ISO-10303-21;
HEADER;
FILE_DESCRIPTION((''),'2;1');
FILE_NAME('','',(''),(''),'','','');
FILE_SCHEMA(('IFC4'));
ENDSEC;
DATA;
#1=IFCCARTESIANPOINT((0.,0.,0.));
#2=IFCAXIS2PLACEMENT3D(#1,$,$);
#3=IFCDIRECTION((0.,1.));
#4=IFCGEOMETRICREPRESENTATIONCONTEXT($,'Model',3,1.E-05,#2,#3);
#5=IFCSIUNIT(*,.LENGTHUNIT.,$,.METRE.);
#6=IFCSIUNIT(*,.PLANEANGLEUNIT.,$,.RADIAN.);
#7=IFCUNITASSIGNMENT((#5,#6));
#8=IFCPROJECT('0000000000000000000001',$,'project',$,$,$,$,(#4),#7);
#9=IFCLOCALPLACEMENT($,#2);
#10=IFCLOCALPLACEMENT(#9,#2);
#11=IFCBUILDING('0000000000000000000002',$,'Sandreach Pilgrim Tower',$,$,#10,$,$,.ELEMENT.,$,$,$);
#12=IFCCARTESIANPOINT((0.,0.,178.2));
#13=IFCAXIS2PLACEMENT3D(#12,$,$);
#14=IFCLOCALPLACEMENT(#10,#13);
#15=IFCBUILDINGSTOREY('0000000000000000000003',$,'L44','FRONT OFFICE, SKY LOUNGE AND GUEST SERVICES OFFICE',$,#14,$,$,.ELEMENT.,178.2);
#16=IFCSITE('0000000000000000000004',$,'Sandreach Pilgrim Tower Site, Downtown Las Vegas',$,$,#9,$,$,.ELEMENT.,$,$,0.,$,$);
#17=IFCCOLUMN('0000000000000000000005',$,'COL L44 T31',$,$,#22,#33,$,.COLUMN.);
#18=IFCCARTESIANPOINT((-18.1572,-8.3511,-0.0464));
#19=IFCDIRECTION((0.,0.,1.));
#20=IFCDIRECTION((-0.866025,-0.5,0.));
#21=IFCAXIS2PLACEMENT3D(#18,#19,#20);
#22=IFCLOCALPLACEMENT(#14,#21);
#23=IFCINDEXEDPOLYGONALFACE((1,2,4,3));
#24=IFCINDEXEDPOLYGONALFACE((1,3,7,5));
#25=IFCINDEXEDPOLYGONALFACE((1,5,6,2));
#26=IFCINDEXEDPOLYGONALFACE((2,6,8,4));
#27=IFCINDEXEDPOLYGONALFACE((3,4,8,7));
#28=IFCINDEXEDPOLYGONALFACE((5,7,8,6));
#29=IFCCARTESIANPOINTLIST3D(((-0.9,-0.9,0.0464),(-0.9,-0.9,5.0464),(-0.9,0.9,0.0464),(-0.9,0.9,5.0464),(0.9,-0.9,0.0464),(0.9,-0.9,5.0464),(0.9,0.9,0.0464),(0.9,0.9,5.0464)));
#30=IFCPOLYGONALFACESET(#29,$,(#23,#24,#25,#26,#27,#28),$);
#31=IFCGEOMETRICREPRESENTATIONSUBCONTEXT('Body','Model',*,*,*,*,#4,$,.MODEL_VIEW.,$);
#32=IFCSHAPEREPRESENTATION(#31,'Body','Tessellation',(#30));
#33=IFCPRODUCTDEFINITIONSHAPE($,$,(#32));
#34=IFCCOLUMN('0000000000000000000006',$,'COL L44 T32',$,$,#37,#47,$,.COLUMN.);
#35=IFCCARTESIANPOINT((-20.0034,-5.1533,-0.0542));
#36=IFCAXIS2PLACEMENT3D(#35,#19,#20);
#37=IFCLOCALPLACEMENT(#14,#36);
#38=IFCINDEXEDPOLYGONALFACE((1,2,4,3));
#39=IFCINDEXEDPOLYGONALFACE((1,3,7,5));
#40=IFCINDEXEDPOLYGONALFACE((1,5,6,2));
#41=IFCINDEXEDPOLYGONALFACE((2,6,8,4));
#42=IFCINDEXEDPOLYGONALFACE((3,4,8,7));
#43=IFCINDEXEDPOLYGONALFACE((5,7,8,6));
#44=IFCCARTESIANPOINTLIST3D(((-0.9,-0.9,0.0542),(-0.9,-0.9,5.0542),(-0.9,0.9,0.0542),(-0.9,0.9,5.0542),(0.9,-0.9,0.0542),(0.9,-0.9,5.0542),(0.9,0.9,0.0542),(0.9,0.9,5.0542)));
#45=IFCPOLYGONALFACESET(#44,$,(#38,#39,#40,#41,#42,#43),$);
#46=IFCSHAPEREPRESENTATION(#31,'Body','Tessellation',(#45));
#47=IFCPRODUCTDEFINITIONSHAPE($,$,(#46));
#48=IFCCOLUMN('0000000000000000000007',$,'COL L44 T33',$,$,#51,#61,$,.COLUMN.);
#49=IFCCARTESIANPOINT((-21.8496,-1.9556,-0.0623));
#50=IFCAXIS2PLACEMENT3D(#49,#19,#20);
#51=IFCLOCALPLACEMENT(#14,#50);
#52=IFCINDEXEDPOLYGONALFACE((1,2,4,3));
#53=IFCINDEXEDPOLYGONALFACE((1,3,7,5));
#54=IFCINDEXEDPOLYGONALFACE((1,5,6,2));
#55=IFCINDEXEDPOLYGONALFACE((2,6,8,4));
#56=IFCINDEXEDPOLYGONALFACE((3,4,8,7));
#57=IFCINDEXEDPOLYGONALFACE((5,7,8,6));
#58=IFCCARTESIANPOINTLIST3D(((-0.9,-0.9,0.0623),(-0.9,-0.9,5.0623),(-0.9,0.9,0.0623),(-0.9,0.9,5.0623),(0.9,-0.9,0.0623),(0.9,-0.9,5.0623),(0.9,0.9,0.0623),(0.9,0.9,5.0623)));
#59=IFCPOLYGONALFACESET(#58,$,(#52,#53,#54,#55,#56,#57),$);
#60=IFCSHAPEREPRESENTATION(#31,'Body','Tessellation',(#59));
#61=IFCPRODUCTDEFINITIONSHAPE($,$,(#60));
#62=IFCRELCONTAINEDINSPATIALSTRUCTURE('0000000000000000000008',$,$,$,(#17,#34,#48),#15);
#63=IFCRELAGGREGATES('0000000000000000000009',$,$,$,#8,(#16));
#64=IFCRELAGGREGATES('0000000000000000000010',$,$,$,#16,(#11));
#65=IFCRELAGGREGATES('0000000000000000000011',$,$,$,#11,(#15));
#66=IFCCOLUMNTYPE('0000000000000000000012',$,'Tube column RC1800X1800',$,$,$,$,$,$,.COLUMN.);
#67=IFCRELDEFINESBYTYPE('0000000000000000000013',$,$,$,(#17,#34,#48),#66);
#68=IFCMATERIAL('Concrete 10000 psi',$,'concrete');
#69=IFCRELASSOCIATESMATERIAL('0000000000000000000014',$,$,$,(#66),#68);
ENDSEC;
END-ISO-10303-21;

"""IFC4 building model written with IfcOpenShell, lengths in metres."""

from ifc_helpers import new_model, si_unit, direction, frame, origin, origin_2d, place, context, subcontext, project, spatial, rectangle, extrude, clip, halfspace, material, material_profile, profile_set, type_object, element, save


model = new_model("IFC4")

# Units and contexts
model_context = context("Model", 3, precision=1e-05, world=origin(), true_north=direction((0.0, 1.0)))
body_context = subcontext(model_context, "Body", "Model", "MODEL_VIEW")
ifc_project = project(units=[si_unit("LENGTHUNIT", "METRE"), si_unit("PLANEANGLEUNIT", "RADIAN")], contexts=[model_context])

# Site, building, storey
site_placement = place(None, origin())
site = spatial("IfcSite", under=ifc_project, at=site_placement, Name="Sandreach Pilgrim Tower Site, Downtown Las Vegas", CompositionType="ELEMENT", RefElevation=0.0)
building_placement = place(site_placement, origin())
building = spatial("IfcBuilding", under=site, at=building_placement, Name="Sandreach Pilgrim Tower", CompositionType="ELEMENT")
storey_placement = place(building_placement, frame((0.0, 0.0, 178.2)))
storey = spatial("IfcBuildingStorey", under=building, at=storey_placement, Name="L44", Description="FRONT OFFICE, SKY LOUNGE AND GUEST SERVICES OFFICE", CompositionType="ELEMENT", Elevation=178.2)

# Columns
ifc_material_1 = material(Name="Concrete 10000 psi", Category="concrete")
ifc_material_profile_1 = material_profile(ifc_material_1, rectangle(XDim=1.8, YDim=1.8, at=origin_2d()), Name="RC1800X1800")
ifc_profile_set_1 = profile_set([ifc_material_profile_1], Name="Concrete 10000 psi")
column_type = type_object("IfcColumnType", Name="Tube column RC1800X1800", PredefinedType="COLUMN", material=ifc_profile_set_1)
column_1_placement = place(storey_placement, frame((-18.1572, -8.3511, -0.0464), z_axis=(0.0, 0.0, 1.0), x_axis=(-0.866025, -0.5, 0.0)))
element("IfcColumn", 1, at=column_1_placement, inside=storey, type_object=column_type, Name="COL L44 T31", PredefinedType="COLUMN", context=body_context, shape_type="SweptSolid", body=[
    clip(extrude(rectangle(XDim=1.8, YDim=1.8, at=origin_2d()), origin(), (0.0, 0.0, 1.0), 5.0464), halfspace(frame((0.0, 0.0, 0.0464)), True)),
])
column_2_placement = place(storey_placement, frame((-20.0034, -5.1533, -0.0542), z_axis=(0.0, 0.0, 1.0), x_axis=(-0.866025, -0.5, 0.0)))
element("IfcColumn", 2, at=column_2_placement, inside=storey, type_object=column_type, Name="COL L44 T32", PredefinedType="COLUMN", context=body_context, shape_type="SweptSolid", body=[
    clip(extrude(rectangle(XDim=1.8, YDim=1.8, at=origin_2d()), origin(), (0.0, 0.0, 1.0), 5.0542), halfspace(frame((0.0, 0.0, 0.0542)), True)),
])
column_3_placement = place(storey_placement, frame((-21.8496, -1.9556, -0.0623), z_axis=(0.0, 0.0, 1.0), x_axis=(-0.866025, -0.5, 0.0)))
element("IfcColumn", 3, at=column_3_placement, inside=storey, type_object=column_type, Name="COL L44 T33", PredefinedType="COLUMN", context=body_context, shape_type="SweptSolid", body=[
    clip(extrude(rectangle(XDim=1.8, YDim=1.8, at=origin_2d()), origin(), (0.0, 0.0, 1.0), 5.0623), halfspace(frame((0.0, 0.0, 0.0623)), True)),
])

save(model, "model.ifc")
